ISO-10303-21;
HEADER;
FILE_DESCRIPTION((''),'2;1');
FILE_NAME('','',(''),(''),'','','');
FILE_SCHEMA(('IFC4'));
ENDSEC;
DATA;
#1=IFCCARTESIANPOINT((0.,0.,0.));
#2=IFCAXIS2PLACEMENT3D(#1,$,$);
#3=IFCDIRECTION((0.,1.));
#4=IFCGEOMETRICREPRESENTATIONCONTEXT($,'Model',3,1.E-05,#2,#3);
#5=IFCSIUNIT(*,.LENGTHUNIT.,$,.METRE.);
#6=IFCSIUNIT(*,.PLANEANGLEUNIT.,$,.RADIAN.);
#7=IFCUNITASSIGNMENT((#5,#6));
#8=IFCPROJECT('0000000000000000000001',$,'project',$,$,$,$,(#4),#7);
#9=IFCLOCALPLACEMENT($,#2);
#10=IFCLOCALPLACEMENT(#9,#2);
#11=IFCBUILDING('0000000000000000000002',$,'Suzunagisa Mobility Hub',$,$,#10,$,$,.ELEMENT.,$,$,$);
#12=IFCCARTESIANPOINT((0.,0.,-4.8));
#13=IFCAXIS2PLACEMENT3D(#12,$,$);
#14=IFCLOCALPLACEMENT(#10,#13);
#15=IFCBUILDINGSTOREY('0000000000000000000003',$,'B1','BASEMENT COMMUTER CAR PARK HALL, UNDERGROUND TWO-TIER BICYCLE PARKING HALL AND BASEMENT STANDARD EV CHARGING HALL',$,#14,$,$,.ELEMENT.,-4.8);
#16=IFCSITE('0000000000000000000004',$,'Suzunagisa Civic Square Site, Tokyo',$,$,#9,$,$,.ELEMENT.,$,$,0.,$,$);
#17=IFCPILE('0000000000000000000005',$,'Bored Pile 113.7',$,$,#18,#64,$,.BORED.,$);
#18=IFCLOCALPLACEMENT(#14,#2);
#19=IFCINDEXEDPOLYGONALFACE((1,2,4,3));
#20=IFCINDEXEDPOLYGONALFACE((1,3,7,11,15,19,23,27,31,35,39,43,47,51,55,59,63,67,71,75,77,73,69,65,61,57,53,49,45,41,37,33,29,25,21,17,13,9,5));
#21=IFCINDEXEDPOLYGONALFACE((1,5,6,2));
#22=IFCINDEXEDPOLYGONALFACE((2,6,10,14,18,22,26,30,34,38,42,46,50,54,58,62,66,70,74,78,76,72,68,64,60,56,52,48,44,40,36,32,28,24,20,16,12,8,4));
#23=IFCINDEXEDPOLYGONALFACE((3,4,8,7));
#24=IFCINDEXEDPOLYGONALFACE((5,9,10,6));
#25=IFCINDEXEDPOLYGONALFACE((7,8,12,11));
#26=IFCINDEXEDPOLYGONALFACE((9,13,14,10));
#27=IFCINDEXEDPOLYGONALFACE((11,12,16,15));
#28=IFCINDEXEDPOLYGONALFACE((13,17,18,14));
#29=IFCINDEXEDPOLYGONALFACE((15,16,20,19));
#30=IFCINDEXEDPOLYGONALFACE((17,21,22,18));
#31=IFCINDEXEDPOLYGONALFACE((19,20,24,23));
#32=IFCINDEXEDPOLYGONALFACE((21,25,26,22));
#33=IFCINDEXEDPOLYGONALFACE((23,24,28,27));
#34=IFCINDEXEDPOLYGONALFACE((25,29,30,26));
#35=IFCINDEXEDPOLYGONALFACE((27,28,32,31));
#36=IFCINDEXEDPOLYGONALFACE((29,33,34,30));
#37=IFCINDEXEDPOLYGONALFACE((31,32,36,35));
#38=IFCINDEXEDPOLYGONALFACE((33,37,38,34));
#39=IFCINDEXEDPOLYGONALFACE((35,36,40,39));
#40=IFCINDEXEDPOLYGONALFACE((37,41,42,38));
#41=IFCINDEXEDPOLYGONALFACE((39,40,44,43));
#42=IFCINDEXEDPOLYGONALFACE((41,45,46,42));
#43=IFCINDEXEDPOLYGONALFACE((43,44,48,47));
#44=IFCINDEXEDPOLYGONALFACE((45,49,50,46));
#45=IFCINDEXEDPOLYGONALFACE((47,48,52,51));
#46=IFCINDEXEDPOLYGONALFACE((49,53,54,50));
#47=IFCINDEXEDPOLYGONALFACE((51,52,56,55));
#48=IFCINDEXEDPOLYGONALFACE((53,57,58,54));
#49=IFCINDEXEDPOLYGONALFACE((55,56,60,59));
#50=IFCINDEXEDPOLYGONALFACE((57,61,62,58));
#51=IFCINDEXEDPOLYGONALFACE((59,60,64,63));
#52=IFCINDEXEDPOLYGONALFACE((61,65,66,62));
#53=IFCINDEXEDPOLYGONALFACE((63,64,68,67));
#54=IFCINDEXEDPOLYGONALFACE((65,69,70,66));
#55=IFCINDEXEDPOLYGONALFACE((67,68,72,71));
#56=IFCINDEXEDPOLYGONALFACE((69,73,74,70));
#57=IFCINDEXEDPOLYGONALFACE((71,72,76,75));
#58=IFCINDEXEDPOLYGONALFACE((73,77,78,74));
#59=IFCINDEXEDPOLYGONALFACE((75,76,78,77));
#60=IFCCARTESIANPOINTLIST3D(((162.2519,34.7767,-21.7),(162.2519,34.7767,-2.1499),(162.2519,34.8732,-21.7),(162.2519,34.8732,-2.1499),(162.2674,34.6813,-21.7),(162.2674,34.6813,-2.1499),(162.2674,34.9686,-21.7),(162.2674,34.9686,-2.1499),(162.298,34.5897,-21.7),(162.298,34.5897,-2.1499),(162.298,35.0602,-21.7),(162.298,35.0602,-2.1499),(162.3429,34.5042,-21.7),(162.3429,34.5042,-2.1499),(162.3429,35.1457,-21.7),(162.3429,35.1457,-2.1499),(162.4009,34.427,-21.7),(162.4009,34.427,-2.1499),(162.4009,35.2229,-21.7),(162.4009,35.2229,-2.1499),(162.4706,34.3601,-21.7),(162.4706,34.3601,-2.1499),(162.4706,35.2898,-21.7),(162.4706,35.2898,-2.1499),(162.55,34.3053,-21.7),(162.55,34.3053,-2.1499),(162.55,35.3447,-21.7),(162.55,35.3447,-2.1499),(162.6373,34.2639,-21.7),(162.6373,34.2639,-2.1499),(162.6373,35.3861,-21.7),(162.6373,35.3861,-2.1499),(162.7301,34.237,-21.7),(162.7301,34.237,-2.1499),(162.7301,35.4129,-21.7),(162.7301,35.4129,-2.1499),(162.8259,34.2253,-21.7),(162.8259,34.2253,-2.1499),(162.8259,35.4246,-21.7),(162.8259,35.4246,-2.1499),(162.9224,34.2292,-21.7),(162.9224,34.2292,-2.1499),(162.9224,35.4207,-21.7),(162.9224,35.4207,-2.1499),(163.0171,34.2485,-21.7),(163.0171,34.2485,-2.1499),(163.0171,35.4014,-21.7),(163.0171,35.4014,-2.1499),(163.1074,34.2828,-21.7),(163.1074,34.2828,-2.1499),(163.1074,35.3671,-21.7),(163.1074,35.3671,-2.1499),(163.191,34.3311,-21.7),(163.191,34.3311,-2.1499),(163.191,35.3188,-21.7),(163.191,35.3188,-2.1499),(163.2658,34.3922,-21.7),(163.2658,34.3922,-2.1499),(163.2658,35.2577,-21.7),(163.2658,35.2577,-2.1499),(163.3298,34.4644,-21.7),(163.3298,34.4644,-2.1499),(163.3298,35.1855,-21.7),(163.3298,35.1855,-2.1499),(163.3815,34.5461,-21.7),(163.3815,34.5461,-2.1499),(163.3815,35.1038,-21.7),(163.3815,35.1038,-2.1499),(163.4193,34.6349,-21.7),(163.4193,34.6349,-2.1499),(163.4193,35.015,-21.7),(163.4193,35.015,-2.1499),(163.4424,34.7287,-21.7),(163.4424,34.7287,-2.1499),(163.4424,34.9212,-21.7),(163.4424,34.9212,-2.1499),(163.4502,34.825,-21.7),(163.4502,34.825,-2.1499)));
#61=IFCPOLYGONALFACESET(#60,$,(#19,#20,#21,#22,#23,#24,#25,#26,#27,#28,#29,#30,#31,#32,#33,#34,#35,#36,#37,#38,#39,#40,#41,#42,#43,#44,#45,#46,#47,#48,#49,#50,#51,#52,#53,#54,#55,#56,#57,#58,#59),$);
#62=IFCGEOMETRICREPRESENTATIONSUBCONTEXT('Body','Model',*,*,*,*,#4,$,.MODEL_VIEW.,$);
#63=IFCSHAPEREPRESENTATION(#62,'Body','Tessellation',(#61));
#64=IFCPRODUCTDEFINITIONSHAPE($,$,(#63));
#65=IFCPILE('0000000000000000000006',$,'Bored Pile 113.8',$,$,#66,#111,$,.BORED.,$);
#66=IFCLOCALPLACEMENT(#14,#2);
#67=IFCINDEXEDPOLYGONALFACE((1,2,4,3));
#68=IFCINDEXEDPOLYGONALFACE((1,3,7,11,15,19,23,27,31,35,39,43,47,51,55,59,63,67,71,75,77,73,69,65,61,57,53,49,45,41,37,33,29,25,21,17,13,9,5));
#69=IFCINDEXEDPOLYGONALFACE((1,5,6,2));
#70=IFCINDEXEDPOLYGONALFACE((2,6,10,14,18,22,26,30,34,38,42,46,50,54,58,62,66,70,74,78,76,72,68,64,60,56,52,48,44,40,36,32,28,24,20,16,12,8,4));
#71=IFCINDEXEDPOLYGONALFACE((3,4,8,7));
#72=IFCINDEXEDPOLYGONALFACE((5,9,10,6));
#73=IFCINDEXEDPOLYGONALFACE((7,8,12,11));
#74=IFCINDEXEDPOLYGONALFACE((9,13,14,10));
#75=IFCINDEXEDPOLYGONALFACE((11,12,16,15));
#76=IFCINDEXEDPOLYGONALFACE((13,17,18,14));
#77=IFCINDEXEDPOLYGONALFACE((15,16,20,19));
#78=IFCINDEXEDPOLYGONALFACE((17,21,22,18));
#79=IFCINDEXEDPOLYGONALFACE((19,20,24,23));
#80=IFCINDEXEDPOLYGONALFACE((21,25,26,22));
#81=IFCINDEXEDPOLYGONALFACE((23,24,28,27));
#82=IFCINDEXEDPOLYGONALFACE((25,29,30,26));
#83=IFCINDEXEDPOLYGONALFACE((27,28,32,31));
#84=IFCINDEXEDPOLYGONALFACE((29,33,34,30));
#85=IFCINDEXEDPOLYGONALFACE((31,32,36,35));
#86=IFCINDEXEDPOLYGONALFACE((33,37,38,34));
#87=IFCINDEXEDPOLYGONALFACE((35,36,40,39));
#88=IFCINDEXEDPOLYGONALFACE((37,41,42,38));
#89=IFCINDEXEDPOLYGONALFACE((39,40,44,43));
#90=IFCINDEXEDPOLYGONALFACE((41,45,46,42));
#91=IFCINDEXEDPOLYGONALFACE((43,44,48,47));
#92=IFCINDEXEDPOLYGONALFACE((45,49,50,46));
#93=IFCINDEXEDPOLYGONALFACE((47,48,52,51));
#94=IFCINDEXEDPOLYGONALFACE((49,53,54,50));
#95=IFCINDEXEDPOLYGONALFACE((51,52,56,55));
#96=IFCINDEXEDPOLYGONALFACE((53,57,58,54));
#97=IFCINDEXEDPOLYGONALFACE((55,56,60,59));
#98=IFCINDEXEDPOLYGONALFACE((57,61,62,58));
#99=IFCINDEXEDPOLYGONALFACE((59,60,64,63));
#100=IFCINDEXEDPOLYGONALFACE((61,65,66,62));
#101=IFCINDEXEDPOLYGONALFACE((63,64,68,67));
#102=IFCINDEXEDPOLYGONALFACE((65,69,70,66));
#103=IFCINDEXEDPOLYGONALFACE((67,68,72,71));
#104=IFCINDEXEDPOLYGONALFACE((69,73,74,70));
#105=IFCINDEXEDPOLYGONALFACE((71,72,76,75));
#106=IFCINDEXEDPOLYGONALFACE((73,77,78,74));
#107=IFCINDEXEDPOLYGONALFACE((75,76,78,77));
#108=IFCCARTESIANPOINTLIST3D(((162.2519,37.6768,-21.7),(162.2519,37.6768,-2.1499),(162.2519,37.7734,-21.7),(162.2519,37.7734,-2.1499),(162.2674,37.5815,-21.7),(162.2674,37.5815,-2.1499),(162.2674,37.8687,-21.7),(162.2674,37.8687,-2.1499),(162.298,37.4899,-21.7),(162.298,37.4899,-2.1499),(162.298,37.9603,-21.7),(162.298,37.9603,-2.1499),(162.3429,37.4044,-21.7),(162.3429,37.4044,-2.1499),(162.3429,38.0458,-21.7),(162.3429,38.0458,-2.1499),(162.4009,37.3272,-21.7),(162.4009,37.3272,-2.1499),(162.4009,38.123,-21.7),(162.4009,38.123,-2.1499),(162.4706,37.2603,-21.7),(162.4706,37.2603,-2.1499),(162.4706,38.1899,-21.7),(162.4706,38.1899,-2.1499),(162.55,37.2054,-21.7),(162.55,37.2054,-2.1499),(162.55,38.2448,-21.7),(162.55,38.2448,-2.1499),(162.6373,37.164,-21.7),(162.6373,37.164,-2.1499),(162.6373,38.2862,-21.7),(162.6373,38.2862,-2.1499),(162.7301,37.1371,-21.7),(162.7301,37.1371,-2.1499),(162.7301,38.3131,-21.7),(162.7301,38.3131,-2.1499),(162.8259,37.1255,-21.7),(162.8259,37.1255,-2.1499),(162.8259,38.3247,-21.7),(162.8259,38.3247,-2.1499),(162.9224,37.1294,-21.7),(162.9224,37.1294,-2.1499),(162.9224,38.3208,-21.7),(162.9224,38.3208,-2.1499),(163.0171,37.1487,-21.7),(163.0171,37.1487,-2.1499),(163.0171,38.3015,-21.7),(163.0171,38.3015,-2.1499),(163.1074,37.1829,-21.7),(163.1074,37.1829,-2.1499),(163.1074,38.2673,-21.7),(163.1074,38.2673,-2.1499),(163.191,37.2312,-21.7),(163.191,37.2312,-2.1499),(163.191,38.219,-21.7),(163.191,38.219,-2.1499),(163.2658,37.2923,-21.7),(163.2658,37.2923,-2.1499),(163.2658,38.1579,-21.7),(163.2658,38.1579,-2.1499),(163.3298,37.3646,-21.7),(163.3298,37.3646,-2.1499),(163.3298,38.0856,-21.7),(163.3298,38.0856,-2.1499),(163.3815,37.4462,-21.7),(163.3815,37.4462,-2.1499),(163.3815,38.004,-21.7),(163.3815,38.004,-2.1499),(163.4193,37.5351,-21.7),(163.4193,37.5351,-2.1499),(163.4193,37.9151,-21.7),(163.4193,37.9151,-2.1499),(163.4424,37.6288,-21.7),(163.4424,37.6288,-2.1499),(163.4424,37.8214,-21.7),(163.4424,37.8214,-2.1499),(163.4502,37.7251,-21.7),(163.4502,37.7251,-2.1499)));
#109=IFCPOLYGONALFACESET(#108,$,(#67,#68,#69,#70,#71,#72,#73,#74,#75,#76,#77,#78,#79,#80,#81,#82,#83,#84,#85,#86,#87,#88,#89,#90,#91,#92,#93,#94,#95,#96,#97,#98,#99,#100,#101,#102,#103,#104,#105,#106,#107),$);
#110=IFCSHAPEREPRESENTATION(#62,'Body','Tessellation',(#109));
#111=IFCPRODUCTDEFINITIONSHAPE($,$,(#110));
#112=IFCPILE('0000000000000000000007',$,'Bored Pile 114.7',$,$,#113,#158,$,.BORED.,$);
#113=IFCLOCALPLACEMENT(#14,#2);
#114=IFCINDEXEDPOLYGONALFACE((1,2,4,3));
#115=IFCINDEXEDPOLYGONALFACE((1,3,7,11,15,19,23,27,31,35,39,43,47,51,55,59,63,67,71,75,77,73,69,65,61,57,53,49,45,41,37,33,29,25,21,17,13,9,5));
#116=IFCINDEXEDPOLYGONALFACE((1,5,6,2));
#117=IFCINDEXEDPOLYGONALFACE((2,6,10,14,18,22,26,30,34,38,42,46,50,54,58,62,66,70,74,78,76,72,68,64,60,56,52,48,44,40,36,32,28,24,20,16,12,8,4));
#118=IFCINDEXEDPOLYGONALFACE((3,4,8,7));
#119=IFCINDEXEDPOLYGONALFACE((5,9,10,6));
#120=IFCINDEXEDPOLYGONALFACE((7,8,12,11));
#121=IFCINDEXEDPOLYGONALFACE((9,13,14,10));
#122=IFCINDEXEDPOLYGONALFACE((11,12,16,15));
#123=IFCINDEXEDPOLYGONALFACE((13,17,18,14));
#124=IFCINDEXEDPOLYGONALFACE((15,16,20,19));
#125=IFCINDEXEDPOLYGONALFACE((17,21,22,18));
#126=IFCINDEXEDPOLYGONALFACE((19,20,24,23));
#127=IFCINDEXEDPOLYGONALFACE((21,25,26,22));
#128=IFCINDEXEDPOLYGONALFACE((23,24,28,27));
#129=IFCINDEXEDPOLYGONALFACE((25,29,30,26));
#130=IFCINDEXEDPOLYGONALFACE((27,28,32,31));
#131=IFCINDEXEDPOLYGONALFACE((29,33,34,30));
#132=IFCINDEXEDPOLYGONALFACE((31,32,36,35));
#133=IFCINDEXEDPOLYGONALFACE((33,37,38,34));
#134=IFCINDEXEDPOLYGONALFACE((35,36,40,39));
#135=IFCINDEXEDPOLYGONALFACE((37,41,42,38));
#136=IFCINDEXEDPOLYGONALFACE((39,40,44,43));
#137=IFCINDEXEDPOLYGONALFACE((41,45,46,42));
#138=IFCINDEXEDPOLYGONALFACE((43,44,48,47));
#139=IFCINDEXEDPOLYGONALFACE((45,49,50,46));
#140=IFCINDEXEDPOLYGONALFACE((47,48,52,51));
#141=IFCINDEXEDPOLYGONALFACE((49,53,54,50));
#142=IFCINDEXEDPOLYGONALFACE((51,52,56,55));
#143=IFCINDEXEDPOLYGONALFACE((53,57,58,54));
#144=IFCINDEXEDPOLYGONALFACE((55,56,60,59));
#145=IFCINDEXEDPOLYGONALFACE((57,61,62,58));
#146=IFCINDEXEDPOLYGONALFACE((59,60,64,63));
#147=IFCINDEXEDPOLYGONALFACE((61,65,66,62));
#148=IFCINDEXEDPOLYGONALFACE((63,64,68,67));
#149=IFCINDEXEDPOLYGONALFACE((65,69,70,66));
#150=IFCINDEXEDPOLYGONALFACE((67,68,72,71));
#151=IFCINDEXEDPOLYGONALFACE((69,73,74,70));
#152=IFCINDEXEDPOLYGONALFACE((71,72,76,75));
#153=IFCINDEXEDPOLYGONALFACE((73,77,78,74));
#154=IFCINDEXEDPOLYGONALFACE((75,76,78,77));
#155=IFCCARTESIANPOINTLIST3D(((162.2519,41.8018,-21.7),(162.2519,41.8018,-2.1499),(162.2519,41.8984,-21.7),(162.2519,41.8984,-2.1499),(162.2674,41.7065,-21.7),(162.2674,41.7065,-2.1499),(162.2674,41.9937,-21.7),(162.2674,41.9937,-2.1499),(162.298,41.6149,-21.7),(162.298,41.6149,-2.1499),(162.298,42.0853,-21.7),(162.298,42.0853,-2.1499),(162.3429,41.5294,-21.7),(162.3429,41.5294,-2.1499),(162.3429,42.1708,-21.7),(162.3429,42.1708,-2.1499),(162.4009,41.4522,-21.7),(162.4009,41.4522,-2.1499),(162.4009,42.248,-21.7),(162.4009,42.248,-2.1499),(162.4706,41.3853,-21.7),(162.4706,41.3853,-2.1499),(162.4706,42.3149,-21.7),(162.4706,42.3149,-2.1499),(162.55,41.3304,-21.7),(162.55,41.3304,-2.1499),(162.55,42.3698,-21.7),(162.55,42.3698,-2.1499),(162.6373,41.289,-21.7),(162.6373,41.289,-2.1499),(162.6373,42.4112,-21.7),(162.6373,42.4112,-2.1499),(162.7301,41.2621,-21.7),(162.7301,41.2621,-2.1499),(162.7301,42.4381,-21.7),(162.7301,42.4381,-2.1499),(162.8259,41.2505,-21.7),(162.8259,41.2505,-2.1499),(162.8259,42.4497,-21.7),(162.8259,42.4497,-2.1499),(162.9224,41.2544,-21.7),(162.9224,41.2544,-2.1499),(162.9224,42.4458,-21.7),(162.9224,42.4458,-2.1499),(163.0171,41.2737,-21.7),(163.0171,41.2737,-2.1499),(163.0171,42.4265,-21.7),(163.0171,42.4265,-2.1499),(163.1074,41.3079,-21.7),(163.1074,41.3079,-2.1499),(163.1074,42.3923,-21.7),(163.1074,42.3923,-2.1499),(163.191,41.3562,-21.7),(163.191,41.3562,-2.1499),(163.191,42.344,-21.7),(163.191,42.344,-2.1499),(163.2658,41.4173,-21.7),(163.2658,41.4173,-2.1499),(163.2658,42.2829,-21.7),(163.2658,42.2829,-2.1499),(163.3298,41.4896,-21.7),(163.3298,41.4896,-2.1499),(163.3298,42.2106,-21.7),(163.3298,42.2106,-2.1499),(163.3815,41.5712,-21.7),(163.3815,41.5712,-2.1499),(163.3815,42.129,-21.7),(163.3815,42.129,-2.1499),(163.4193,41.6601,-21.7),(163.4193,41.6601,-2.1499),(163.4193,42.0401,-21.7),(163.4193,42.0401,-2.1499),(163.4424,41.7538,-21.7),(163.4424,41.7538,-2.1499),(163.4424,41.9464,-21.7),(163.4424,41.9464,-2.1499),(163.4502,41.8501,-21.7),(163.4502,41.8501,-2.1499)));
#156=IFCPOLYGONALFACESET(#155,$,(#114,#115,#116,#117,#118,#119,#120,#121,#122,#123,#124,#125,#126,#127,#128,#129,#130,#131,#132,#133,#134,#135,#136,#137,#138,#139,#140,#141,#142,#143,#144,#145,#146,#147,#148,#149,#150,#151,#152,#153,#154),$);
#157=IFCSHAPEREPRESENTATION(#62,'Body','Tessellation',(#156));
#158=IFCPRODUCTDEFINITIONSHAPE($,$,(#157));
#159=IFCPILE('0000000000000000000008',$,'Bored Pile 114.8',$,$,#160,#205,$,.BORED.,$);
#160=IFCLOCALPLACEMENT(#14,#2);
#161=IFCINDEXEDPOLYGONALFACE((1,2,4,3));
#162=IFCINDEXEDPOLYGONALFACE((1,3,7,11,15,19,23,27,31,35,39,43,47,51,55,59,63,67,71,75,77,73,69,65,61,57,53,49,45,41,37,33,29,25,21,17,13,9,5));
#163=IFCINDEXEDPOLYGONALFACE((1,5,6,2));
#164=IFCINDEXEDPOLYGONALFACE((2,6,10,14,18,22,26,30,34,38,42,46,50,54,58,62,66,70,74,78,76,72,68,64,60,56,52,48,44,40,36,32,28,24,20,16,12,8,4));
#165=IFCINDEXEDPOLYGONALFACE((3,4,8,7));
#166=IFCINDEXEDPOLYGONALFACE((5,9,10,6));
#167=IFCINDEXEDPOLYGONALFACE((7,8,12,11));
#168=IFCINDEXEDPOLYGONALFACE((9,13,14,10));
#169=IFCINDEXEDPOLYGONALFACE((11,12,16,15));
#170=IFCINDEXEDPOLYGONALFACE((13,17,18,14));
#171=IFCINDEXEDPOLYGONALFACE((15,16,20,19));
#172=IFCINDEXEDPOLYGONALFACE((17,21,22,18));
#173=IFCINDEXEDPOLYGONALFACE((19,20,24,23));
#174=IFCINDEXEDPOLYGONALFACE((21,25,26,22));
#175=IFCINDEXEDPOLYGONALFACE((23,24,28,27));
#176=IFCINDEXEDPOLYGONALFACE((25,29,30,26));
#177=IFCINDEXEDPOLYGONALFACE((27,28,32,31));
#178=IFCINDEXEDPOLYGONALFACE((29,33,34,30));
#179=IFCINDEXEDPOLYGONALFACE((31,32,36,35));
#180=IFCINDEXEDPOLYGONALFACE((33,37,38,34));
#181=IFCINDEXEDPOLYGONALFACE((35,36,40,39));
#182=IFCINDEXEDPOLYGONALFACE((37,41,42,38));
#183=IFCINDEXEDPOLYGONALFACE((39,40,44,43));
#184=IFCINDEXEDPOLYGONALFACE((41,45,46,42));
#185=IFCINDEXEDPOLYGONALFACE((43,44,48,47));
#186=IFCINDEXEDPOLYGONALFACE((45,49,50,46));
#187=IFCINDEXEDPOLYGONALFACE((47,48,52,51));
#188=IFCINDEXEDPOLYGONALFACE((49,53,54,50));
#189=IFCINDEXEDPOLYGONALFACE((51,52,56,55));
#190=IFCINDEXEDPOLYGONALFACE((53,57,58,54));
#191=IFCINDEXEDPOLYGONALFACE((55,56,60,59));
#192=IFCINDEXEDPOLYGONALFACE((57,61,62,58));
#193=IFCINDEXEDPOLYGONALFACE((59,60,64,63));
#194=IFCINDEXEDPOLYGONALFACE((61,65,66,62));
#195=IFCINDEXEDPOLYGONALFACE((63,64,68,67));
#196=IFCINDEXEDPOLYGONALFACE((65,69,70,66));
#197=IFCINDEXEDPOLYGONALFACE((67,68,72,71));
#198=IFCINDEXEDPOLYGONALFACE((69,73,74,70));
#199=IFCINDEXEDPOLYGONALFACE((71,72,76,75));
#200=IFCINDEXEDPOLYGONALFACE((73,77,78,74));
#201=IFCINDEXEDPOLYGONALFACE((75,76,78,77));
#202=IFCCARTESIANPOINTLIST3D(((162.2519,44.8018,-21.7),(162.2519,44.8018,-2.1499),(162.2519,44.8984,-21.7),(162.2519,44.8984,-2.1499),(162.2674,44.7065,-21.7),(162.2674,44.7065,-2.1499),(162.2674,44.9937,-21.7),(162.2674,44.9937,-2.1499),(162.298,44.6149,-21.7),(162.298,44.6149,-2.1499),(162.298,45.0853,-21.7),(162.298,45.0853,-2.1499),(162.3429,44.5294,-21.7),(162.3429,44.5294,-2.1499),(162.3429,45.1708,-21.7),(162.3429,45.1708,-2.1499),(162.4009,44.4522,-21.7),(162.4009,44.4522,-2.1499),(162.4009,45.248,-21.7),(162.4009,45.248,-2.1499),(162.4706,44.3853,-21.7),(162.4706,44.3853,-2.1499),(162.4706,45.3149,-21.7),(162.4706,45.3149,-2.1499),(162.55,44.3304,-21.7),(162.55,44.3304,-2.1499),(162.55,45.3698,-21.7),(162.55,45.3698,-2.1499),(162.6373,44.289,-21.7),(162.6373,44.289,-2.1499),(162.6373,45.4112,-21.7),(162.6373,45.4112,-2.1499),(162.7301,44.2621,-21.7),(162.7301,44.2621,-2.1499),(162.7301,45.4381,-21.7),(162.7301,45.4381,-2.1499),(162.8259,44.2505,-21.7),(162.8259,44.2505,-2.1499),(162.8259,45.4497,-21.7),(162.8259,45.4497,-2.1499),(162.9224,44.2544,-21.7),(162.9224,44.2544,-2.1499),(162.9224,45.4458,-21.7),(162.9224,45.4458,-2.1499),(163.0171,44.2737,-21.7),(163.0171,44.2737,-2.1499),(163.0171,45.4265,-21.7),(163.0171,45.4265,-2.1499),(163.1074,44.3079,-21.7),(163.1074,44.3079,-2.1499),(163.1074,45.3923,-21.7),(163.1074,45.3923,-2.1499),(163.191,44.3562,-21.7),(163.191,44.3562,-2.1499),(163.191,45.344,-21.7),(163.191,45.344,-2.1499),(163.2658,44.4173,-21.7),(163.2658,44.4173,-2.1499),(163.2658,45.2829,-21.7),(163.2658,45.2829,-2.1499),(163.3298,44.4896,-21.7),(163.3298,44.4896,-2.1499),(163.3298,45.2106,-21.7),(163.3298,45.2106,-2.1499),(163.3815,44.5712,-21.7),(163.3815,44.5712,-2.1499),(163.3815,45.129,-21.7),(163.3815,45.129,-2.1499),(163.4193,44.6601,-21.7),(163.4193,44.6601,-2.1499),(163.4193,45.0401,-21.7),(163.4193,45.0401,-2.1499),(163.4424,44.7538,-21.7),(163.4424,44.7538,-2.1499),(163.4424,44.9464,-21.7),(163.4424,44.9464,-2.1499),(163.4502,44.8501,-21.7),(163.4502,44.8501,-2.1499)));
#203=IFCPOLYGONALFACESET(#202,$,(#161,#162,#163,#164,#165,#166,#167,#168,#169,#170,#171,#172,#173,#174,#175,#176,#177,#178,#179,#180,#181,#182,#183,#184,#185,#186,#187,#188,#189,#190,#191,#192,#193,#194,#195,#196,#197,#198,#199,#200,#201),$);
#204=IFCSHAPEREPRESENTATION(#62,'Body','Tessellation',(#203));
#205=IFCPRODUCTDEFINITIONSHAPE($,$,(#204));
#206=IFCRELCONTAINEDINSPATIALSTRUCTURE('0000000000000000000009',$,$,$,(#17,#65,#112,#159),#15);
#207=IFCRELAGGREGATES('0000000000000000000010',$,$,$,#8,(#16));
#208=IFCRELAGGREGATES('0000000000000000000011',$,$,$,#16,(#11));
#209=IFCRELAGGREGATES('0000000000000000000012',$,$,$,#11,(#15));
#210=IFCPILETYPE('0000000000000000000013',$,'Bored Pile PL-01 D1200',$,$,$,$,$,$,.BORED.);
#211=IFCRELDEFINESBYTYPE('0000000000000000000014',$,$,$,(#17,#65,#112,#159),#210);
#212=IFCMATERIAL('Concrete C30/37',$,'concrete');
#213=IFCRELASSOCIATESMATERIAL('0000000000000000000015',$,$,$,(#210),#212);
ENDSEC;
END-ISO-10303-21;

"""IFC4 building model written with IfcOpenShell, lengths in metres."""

from ifc_helpers import new_model, si_unit, direction, frame, origin, origin_2d, place, context, subcontext, project, spatial, circle, extrude, material, material_profile, profile_set, type_object, element, save


model = new_model("IFC4")

# Units and contexts
model_context = context("Model", 3, precision=1e-05, world=origin(), true_north=direction((0.0, 1.0)))
body_context = subcontext(model_context, "Body", "Model", "MODEL_VIEW")
ifc_project = project(units=[si_unit("LENGTHUNIT", "METRE"), si_unit("PLANEANGLEUNIT", "RADIAN")], contexts=[model_context])

# Site, building, storey
site_placement = place(None, origin())
site = spatial("IfcSite", under=ifc_project, at=site_placement, Name="Suzunagisa Civic Square Site, Tokyo", CompositionType="ELEMENT", RefElevation=0.0)
building_placement = place(site_placement, origin())
building = spatial("IfcBuilding", under=site, at=building_placement, Name="Suzunagisa Mobility Hub", CompositionType="ELEMENT")
storey_placement = place(building_placement, frame((0.0, 0.0, -4.8)))
storey = spatial("IfcBuildingStorey", under=building, at=storey_placement, Name="B1", Description="BASEMENT COMMUTER CAR PARK HALL, UNDERGROUND TWO-TIER BICYCLE PARKING HALL AND BASEMENT STANDARD EV CHARGING HALL", CompositionType="ELEMENT", Elevation=-4.8)

# Piles
ifc_material_1 = material(Name="Concrete C30/37", Category="concrete")
ifc_material_profile_1 = material_profile(ifc_material_1, circle(Radius=0.6001, at=origin_2d()), Name="BORED PILE D1200")
ifc_profile_set_1 = profile_set([ifc_material_profile_1], Name="Concrete C30/37")
pile_type_1 = type_object("IfcPileType", Name="Bored Pile PL-01 D1200", PredefinedType="BORED", material=ifc_profile_set_1)
for number, where, z_axis, x_axis, name in (
    (1, (162.8501, 34.825, -2.1499), (0.0, 0.0, -1.0), (1.0, 0.0, 0.0), "Bored Pile 113.7"),
    (2, (162.8501, 37.7251, -2.1499), (0.0, 0.0, -1.0), (1.0, 0.0, 0.0), "Bored Pile 113.8"),
    (3, (162.8501, 41.8501, -2.1499), (0.0, 0.0, -1.0), (1.0, 0.0, 0.0), "Bored Pile 114.7"),
    (4, (162.8501, 44.8501, -2.1499), (0.0, 0.0, -1.0), (1.0, 0.0, 0.0), "Bored Pile 114.8"),
):
    element("IfcPile", number, at=place(storey_placement, frame(where, z_axis=z_axis, x_axis=x_axis)), inside=storey, type_object=pile_type_1, Name=name, PredefinedType="BORED", context=body_context, shape_type="SweptSolid", body=[
        extrude(circle(Radius=0.6001, at=origin_2d()), origin(), (0.0, 0.0, 1.0), 19.55),
    ])

save(model, "model.ifc")
